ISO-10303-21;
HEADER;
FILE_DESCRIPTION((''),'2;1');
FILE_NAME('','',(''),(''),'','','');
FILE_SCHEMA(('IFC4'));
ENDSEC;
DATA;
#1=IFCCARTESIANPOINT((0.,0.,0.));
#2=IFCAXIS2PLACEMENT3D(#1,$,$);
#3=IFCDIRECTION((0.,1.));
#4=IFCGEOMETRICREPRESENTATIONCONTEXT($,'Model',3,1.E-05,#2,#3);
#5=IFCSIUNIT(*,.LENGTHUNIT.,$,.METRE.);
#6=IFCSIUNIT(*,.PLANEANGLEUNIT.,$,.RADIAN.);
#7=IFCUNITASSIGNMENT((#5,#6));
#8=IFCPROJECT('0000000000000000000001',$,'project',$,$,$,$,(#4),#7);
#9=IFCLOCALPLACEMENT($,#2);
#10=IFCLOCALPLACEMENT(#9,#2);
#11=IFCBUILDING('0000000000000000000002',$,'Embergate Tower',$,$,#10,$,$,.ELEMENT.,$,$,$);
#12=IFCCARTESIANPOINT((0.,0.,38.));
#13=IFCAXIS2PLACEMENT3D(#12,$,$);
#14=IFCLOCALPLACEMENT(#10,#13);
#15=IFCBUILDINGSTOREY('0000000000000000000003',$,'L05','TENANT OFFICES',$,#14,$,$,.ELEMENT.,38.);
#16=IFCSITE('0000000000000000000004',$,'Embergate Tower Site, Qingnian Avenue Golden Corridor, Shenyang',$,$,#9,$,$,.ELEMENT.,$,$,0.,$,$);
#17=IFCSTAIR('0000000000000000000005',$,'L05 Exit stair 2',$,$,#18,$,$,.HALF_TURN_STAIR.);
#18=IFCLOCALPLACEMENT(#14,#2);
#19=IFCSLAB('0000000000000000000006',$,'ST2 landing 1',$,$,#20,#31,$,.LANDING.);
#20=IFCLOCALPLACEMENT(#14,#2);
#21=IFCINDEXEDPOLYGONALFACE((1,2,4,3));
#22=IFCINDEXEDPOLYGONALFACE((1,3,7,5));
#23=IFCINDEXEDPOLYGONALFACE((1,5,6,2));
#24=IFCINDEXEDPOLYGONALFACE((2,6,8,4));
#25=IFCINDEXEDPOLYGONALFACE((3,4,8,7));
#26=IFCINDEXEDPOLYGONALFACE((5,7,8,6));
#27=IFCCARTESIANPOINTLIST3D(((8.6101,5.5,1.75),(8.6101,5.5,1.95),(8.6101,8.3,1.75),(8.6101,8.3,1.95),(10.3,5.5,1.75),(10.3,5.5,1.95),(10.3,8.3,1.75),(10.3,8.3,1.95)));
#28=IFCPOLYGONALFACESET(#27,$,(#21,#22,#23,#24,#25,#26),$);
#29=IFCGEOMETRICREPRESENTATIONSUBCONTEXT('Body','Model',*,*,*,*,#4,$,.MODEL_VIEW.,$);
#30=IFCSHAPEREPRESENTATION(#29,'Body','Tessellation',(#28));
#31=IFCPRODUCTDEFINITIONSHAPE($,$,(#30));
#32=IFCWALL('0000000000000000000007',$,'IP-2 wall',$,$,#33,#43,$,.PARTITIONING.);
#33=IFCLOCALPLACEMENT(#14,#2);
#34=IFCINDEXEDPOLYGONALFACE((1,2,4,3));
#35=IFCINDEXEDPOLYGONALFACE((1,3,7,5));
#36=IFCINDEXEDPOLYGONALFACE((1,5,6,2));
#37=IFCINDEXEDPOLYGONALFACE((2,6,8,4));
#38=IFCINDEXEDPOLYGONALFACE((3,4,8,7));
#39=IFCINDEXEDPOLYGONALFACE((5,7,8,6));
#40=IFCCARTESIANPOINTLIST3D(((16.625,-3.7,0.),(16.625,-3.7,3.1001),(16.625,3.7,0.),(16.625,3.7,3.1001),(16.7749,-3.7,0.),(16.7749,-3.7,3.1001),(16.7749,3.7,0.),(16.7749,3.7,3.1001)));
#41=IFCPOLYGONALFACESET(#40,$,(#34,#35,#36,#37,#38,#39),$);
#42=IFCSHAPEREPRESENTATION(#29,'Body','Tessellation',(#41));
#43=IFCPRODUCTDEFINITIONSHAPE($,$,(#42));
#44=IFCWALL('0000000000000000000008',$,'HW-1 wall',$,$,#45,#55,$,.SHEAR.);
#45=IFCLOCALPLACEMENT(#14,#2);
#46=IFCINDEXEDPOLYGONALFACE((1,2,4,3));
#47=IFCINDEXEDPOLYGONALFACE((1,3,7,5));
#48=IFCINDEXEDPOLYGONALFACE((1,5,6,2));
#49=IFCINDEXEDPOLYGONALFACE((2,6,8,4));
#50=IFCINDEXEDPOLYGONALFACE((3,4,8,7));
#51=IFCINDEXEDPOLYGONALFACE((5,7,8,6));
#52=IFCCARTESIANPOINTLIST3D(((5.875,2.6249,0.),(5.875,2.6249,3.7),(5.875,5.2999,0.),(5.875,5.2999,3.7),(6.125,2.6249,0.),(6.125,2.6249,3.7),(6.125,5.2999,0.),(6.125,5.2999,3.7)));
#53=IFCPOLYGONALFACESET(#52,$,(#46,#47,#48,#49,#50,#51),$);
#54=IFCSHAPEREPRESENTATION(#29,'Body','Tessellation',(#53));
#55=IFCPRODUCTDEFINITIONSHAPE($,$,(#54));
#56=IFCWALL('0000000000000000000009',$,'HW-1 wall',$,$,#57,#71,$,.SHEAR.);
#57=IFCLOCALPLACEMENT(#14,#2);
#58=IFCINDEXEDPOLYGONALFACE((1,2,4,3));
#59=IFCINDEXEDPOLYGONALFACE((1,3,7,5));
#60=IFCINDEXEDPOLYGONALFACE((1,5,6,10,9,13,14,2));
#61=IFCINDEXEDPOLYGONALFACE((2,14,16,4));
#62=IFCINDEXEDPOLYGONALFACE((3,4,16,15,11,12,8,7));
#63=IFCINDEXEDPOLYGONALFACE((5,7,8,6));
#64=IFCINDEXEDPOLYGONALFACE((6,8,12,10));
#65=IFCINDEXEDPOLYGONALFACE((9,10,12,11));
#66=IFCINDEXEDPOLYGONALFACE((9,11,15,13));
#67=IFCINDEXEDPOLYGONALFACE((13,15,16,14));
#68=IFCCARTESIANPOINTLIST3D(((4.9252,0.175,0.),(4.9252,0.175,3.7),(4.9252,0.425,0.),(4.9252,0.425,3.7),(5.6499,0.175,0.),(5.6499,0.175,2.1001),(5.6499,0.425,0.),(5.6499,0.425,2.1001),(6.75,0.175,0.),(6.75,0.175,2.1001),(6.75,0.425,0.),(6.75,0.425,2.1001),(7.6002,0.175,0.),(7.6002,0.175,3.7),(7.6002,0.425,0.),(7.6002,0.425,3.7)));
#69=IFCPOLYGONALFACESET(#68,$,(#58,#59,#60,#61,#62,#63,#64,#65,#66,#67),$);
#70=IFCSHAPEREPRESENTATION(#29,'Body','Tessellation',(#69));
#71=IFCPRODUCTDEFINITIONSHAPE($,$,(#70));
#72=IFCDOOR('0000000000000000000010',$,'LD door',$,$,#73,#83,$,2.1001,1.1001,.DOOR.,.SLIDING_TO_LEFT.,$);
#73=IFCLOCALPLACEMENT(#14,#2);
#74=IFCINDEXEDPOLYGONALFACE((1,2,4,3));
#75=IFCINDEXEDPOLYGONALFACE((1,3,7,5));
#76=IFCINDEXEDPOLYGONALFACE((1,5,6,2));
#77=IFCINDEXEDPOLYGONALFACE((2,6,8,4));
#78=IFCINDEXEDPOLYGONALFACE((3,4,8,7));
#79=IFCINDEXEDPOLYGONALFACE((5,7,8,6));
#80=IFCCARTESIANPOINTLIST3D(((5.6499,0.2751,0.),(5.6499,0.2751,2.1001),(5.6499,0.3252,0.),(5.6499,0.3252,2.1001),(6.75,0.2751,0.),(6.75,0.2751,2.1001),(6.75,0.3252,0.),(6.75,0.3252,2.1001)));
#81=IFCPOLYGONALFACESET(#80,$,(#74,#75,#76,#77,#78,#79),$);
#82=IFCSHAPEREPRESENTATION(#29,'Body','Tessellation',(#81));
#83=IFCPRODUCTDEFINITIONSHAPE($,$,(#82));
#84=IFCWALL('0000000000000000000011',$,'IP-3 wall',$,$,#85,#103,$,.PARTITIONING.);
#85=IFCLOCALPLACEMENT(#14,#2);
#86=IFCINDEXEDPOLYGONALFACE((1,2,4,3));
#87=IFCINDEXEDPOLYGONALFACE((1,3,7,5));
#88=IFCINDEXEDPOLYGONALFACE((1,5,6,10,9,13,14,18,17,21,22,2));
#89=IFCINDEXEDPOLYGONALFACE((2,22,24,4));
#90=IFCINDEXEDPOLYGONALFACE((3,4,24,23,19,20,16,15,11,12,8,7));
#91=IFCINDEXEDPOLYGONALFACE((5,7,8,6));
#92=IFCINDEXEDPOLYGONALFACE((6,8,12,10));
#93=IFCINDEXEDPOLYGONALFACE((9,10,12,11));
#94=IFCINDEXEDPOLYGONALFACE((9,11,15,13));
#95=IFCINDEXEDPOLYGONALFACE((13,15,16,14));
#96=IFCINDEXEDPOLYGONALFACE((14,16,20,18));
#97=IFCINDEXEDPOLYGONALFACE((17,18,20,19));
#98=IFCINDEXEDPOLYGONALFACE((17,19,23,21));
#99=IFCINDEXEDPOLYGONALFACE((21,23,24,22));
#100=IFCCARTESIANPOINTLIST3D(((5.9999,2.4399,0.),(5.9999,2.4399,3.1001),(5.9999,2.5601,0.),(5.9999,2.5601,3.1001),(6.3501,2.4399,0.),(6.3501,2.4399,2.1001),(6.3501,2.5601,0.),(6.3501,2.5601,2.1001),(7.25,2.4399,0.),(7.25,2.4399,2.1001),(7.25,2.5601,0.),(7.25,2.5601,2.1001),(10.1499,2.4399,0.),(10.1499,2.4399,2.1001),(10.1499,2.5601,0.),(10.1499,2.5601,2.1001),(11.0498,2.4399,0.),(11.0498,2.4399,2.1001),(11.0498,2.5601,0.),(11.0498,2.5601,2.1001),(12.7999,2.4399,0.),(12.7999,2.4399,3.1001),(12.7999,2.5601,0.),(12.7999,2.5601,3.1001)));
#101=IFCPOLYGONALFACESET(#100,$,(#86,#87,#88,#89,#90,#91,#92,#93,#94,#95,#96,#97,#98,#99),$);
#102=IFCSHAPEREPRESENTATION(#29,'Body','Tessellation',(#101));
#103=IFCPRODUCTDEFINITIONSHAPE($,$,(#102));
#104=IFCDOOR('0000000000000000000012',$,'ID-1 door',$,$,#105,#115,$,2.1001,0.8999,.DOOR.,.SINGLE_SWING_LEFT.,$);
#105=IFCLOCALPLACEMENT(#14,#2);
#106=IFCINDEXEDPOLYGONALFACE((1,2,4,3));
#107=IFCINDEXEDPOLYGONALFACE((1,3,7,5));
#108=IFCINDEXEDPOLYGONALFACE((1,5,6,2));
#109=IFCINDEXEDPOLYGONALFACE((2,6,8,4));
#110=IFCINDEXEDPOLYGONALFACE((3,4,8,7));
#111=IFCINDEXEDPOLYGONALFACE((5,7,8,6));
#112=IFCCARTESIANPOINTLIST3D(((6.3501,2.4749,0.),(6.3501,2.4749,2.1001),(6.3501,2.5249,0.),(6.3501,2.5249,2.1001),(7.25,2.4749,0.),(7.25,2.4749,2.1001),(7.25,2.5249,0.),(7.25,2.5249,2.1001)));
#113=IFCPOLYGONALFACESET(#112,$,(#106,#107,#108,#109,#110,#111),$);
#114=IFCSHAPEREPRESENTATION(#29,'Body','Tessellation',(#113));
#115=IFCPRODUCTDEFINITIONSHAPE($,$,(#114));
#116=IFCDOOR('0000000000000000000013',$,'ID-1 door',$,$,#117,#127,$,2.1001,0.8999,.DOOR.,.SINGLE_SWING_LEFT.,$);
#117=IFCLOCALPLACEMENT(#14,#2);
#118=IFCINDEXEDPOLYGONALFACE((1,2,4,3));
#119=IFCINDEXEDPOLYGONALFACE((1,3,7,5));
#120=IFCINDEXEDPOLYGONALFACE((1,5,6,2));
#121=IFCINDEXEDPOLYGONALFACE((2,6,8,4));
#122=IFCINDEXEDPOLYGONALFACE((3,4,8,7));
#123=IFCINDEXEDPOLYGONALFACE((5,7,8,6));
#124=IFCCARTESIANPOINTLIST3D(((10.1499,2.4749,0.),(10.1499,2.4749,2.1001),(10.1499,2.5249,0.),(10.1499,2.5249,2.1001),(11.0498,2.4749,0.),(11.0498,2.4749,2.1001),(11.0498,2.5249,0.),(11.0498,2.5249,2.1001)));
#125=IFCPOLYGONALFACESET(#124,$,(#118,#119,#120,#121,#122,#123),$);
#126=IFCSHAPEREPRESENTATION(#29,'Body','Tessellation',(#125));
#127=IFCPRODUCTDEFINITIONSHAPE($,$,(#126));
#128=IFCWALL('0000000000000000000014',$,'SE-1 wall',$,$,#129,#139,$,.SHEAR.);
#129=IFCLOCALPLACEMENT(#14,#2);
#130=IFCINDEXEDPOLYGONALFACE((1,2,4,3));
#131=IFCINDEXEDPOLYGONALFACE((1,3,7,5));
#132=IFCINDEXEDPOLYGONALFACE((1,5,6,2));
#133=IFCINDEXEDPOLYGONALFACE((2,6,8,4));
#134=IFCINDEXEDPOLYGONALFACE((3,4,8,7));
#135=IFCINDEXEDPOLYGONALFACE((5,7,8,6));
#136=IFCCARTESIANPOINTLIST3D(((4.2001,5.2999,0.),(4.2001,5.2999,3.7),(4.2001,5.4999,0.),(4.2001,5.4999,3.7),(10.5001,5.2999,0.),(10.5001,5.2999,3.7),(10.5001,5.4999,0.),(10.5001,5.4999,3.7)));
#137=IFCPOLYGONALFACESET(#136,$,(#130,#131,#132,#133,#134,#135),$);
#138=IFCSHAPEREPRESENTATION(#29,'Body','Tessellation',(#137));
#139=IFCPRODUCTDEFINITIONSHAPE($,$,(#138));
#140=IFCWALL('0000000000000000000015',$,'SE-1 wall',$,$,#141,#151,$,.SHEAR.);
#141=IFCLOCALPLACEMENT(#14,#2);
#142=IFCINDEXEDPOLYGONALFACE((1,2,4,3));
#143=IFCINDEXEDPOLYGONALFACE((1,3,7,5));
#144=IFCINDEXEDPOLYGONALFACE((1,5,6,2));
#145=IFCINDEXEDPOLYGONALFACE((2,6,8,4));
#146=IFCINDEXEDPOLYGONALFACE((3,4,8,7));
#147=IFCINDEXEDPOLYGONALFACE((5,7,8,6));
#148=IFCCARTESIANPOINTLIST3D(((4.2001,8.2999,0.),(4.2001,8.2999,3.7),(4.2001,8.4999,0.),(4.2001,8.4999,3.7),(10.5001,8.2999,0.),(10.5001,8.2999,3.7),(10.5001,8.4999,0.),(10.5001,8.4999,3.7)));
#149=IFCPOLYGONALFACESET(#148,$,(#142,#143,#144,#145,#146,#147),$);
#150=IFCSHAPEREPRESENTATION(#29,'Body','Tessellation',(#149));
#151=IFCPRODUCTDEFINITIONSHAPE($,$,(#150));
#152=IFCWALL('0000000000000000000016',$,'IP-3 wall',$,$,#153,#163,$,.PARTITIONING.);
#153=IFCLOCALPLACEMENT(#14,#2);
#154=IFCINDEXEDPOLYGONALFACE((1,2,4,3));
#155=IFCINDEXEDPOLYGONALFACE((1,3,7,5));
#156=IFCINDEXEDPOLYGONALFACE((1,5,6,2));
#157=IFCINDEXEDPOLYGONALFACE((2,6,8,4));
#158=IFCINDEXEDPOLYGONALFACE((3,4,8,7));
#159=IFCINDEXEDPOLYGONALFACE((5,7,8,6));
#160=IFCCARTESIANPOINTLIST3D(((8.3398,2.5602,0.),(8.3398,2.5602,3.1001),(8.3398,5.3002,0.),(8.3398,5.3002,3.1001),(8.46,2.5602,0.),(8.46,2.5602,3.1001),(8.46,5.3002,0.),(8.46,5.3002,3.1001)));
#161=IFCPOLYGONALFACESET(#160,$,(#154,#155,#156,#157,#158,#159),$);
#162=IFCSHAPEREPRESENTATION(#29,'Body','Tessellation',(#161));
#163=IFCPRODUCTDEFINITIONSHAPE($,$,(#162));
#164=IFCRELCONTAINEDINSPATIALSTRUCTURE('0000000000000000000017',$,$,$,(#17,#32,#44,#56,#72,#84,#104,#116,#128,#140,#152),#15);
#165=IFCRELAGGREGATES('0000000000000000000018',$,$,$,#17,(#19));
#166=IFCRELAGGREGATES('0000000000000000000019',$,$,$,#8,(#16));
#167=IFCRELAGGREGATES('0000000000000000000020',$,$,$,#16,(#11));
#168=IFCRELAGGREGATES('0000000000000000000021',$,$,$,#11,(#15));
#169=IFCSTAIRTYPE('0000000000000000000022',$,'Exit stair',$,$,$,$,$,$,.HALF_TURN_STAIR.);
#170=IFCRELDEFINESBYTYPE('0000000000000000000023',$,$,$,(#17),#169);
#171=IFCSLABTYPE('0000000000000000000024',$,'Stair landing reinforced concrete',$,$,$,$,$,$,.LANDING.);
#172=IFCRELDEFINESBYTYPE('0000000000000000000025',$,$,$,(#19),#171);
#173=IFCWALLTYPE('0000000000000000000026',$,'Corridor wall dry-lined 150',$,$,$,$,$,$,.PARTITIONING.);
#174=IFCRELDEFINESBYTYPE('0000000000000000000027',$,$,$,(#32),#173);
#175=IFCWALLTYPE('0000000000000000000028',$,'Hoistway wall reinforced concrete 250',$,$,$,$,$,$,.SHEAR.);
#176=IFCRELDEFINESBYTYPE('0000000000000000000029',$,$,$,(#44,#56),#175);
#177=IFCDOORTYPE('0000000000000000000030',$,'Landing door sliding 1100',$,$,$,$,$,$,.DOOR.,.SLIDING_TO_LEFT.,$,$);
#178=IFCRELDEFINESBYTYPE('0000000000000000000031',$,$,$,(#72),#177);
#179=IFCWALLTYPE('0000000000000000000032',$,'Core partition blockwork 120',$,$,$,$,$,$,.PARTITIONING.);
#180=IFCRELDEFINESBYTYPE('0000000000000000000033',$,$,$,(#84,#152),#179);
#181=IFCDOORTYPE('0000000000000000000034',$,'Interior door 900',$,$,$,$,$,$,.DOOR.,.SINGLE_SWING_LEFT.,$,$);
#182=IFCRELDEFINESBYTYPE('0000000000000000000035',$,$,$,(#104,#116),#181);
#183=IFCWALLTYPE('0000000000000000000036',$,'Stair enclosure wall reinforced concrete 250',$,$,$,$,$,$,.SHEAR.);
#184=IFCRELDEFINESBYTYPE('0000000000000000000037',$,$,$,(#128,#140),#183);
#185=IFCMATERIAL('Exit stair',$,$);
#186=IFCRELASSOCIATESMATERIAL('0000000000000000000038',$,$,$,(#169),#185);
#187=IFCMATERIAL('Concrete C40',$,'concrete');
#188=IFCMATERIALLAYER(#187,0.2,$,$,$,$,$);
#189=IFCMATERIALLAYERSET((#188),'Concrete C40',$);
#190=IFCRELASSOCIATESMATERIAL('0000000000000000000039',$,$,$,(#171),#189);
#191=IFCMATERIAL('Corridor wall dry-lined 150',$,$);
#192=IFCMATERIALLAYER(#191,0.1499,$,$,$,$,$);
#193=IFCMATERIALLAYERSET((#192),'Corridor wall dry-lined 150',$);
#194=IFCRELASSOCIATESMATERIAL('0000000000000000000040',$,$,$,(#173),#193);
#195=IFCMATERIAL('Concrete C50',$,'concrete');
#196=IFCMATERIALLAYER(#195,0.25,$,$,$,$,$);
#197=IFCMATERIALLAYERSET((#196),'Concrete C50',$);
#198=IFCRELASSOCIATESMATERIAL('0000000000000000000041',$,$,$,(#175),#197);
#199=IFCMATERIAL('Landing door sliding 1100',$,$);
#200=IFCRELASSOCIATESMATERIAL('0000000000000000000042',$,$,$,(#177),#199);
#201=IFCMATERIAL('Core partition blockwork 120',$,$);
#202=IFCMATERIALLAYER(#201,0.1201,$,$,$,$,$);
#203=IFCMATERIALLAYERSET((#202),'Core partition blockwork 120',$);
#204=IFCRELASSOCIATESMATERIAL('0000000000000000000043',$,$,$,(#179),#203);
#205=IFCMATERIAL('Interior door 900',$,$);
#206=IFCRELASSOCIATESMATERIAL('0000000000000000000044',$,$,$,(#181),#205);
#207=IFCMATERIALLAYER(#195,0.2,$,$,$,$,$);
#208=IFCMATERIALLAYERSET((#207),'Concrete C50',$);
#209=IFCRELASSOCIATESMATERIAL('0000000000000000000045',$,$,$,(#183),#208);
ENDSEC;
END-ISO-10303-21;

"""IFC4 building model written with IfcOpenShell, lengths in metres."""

from ifc_helpers import new_model, si_unit, direction, frame, frame_2d, origin, place, context, subcontext, project, spatial, polyline, rectangle, outline, extrude, source, transform, mapped, material, layer, layer_set, type_object, element, fill, aggregate, save


model = new_model("IFC4")

# Units and contexts
model_context = context("Model", 3, precision=1e-05, world=origin(), true_north=direction((0.0, 1.0)))
body_context = subcontext(model_context, "Body", "Model", "MODEL_VIEW")
ifc_project = project(units=[si_unit("LENGTHUNIT", "METRE"), si_unit("PLANEANGLEUNIT", "RADIAN")], contexts=[model_context])

# Site, building, storey
site_placement = place(None, origin())
site = spatial("IfcSite", under=ifc_project, at=site_placement, Name="Embergate Tower Site, Qingnian Avenue Golden Corridor, Shenyang", CompositionType="ELEMENT", RefElevation=0.0)
building_placement = place(site_placement, origin())
building = spatial("IfcBuilding", under=site, at=building_placement, Name="Embergate Tower", CompositionType="ELEMENT")
storey_placement = place(building_placement, frame((0.0, 0.0, 38.0)))
storey = spatial("IfcBuildingStorey", under=building, at=storey_placement, Name="L05", Description="TENANT OFFICES", CompositionType="ELEMENT", Elevation=38.0)

# Stair, slab
ifc_material_1 = material(Name="Exit stair")
stair_type = type_object("IfcStairType", Name="Exit stair", PredefinedType="HALF_TURN_STAIR", material=ifc_material_1)
stair_placement = place(storey_placement, origin())
stair = element("IfcStair", 1, at=stair_placement, inside=storey, type_object=stair_type, Name="L05 Exit stair 2", PredefinedType="HALF_TURN_STAIR")
ifc_material_2 = material(Name="Concrete C40", Category="concrete")
ifc_layer_1 = layer(ifc_material_2, 0.2)
ifc_layer_set_1 = layer_set([ifc_layer_1], Name="Concrete C40")
slab_type = type_object("IfcSlabType", Name="Stair landing reinforced concrete", PredefinedType="LANDING", material=ifc_layer_set_1)
shared_shape_1 = source(origin(), body_context, "Body", "SweptSolid", [
    extrude(outline(polyline([(0.0, 0.0), (1.6899, 0.0), (1.6899, 2.8), (0.0, 2.8), (0.0, 0.0)])), origin(), (0.0, 0.0, 1.0), 0.2),
])
slab_placement = place(storey_placement, frame((8.6101, 5.5, 1.75)))
slab = element("IfcSlab", 2, at=slab_placement, type_object=slab_type, Name="ST2 landing 1", PredefinedType="LANDING", context=body_context, shape_type="MappedRepresentation", body=[
    mapped(shared_shape_1, transform((0.0, 0.0, 0.0))),
])

# Walls
ifc_material_3 = material(Name="Corridor wall dry-lined 150")
ifc_layer_2 = layer(ifc_material_3, 0.1499)
ifc_layer_set_2 = layer_set([ifc_layer_2], Name="Corridor wall dry-lined 150")
wall_type_1 = type_object("IfcWallType", Name="Corridor wall dry-lined 150", PredefinedType="PARTITIONING", material=ifc_layer_set_2)
shared_shape_2 = source(origin(), body_context, "Body", "SweptSolid", [
    extrude(rectangle(XDim=7.3999, YDim=0.1499, at=frame_2d((3.7, 0.0))), origin(), (0.0, 0.0, 1.0), 3.1001),
])
wall_1_placement = place(storey_placement, frame((16.7, 3.7, 0.0), z_axis=(0.0, 0.0, 1.0), x_axis=(0.0, -1.0, 0.0)))
element("IfcWall", 3, at=wall_1_placement, inside=storey, type_object=wall_type_1, Name="IP-2 wall", PredefinedType="PARTITIONING", context=body_context, shape_type="MappedRepresentation", body=[
    mapped(shared_shape_2, transform((0.0, 0.0, 0.0))),
])
ifc_material_4 = material(Name="Concrete C50", Category="concrete")
ifc_layer_3 = layer(ifc_material_4, 0.25)
ifc_layer_set_3 = layer_set([ifc_layer_3], Name="Concrete C50")
wall_type_2 = type_object("IfcWallType", Name="Hoistway wall reinforced concrete 250", PredefinedType="SHEAR", material=ifc_layer_set_3)
shared_shape_3 = source(origin(), body_context, "Body", "SweptSolid", [
    extrude(rectangle(XDim=2.675, YDim=0.25, at=frame_2d((1.3374, 0.0))), origin(), (0.0, 0.0, 1.0), 3.7),
])
wall_2_placement = place(storey_placement, frame((6.0, 2.625, 0.0), z_axis=(0.0, 0.0, 1.0), x_axis=(0.0, 1.0, 0.0)))
element("IfcWall", 4, at=wall_2_placement, inside=storey, type_object=wall_type_2, Name="HW-1 wall", PredefinedType="SHEAR", context=body_context, shape_type="MappedRepresentation", body=[
    mapped(shared_shape_3, transform((0.0, 0.0, 0.0))),
])

# Wall, opening, door
wall_3_placement = place(storey_placement, frame((7.6001, 0.3, 0.0), z_axis=(0.0, 0.0, 1.0), x_axis=(-1.0, 0.0, 0.0)))
wall_3 = element("IfcWall", 5, at=wall_3_placement, inside=storey, type_object=wall_type_2, Name="HW-1 wall", PredefinedType="SHEAR", context=body_context, shape_type="MappedRepresentation", body=[
    mapped(shared_shape_3, transform((0.0, 0.0, 0.0))),
])
shared_shape_4 = source(origin(), body_context, "Body", "SweptSolid", [
    extrude(rectangle(XDim=1.1001, YDim=2.1001, at=frame_2d((0.55, 1.05))), frame((0.0, 0.135, 0.0), z_axis=(0.0, -1.0, 0.0), x_axis=(1.0, 0.0, 0.0)), (0.0, 0.0, 1.0), 0.27),
])
opening_1_placement = place(wall_3_placement, frame((0.8501, 0.0, 0.0)))
opening_1 = element("IfcOpeningElement", 6, at=opening_1_placement, cuts=wall_3, PredefinedType="OPENING", context=body_context, shape_type="MappedRepresentation", body=[
    mapped(shared_shape_4, transform((0.0, 0.0, 0.0))),
])
ifc_material_5 = material(Name="Landing door sliding 1100")
door_type_1 = type_object("IfcDoorType", Name="Landing door sliding 1100", OperationType="SLIDING_TO_LEFT", PredefinedType="DOOR", material=ifc_material_5)
shared_shape_5 = source(origin(), body_context, "Body", "SweptSolid", [
    extrude(rectangle(XDim=1.1001, YDim=2.1001, at=frame_2d((0.55, 1.05))), frame((0.0, 0.0249, 0.0), z_axis=(0.0, -1.0, 0.0), x_axis=(1.0, 0.0, 0.0)), (0.0, 0.0, 1.0), 0.05),
])
door_1_placement = place(opening_1_placement, origin())
door_1 = element("IfcDoor", 7, at=door_1_placement, inside=storey, type_object=door_type_1, Name="LD door", OperationType="SLIDING_TO_LEFT", OverallHeight=2.1001, OverallWidth=1.1001, PredefinedType="DOOR", context=body_context, shape_type="MappedRepresentation", body=[
    mapped(shared_shape_5, transform((0.0, 0.0, 0.0))),
])
fill(opening_1, door_1)

# Wall, openings, doors
ifc_material_6 = material(Name="Core partition blockwork 120")
ifc_layer_4 = layer(ifc_material_6, 0.1201)
ifc_layer_set_4 = layer_set([ifc_layer_4], Name="Core partition blockwork 120")
wall_type_3 = type_object("IfcWallType", Name="Core partition blockwork 120", PredefinedType="PARTITIONING", material=ifc_layer_set_4)
shared_shape_6 = source(origin(), body_context, "Body", "SweptSolid", [
    extrude(rectangle(XDim=6.8, YDim=0.1201, at=frame_2d((3.3999, 0.0))), origin(), (0.0, 0.0, 1.0), 3.1001),
])
wall_4_placement = place(storey_placement, frame((6.0, 2.5, 0.0), z_axis=(0.0, 0.0, 1.0), x_axis=(1.0, 0.0, 0.0)))
wall_4 = element("IfcWall", 8, at=wall_4_placement, inside=storey, type_object=wall_type_3, Name="IP-3 wall", PredefinedType="PARTITIONING", context=body_context, shape_type="MappedRepresentation", body=[
    mapped(shared_shape_6, transform((0.0, 0.0, 0.0))),
])
shared_shape_7 = source(origin(), body_context, "Body", "SweptSolid", [
    extrude(rectangle(XDim=0.8999, YDim=2.1001, at=frame_2d((0.45, 1.05))), frame((0.0, 0.0701, 0.0), z_axis=(0.0, -1.0, 0.0), x_axis=(1.0, 0.0, 0.0)), (0.0, 0.0, 1.0), 0.1401),
])
opening_2_placement = place(wall_4_placement, frame((0.3501, 0.0, 0.0)))
opening_2 = element("IfcOpeningElement", 9, at=opening_2_placement, cuts=wall_4, PredefinedType="OPENING", context=body_context, shape_type="MappedRepresentation", body=[
    mapped(shared_shape_7, transform((0.0, 0.0, 0.0))),
])
opening_3_placement = place(wall_4_placement, frame((4.1499, 0.0, 0.0)))
opening_3 = element("IfcOpeningElement", 10, at=opening_3_placement, cuts=wall_4, PredefinedType="OPENING", context=body_context, shape_type="MappedRepresentation", body=[
    mapped(shared_shape_7, transform((0.0, 0.0, 0.0))),
])
ifc_material_7 = material(Name="Interior door 900")
door_type_2 = type_object("IfcDoorType", Name="Interior door 900", OperationType="SINGLE_SWING_LEFT", PredefinedType="DOOR", material=ifc_material_7)
shared_shape_8 = source(origin(), body_context, "Body", "SweptSolid", [
    extrude(rectangle(XDim=0.8999, YDim=2.1001, at=frame_2d((0.45, 1.05))), frame((0.0, 0.0249, 0.0), z_axis=(0.0, -1.0, 0.0), x_axis=(1.0, 0.0, 0.0)), (0.0, 0.0, 1.0), 0.05),
])
door_2_placement = place(opening_2_placement, origin())
door_2 = element("IfcDoor", 11, at=door_2_placement, inside=storey, type_object=door_type_2, Name="ID-1 door", OperationType="SINGLE_SWING_LEFT", OverallHeight=2.1001, OverallWidth=0.8999, PredefinedType="DOOR", context=body_context, shape_type="MappedRepresentation", body=[
    mapped(shared_shape_8, transform((0.0, 0.0, 0.0))),
])
fill(opening_2, door_2)
door_3_placement = place(opening_3_placement, origin())
door_3 = element("IfcDoor", 12, at=door_3_placement, inside=storey, type_object=door_type_2, Name="ID-1 door", OperationType="SINGLE_SWING_LEFT", OverallHeight=2.1001, OverallWidth=0.8999, PredefinedType="DOOR", context=body_context, shape_type="MappedRepresentation", body=[
    mapped(shared_shape_8, transform((0.0, 0.0, 0.0))),
])
fill(opening_3, door_3)

# Walls
ifc_layer_5 = layer(ifc_material_4, 0.2)
ifc_layer_set_5 = layer_set([ifc_layer_5], Name="Concrete C50")
wall_type_4 = type_object("IfcWallType", Name="Stair enclosure wall reinforced concrete 250", PredefinedType="SHEAR", material=ifc_layer_set_5)
shared_shape_9 = source(origin(), body_context, "Body", "SweptSolid", [
    extrude(rectangle(XDim=6.3, YDim=0.2, at=frame_2d((3.1499, 0.0))), origin(), (0.0, 0.0, 1.0), 3.7),
])
for number, where, z_axis, x_axis, name in (
    (13, (10.5, 5.3999, 0.0), (0.0, 0.0, 1.0), (-1.0, 0.0, 0.0), "SE-1 wall"),
    (14, (10.5, 8.3999, 0.0), (0.0, 0.0, 1.0), (-1.0, 0.0, 0.0), "SE-1 wall"),
):
    element("IfcWall", number, at=place(storey_placement, frame(where, z_axis=z_axis, x_axis=x_axis)), inside=storey, type_object=wall_type_4, Name=name, PredefinedType="SHEAR", context=body_context, shape_type="MappedRepresentation", body=[
        mapped(shared_shape_9, transform((0.0, 0.0, 0.0))),
    ])
shared_shape_10 = source(origin(), body_context, "Body", "SweptSolid", [
    extrude(rectangle(XDim=2.74, YDim=0.1201, at=frame_2d((1.3701, 0.0))), origin(), (0.0, 0.0, 1.0), 3.1001),
])
wall_5_placement = place(storey_placement, frame((8.3999, 2.5601, 0.0), z_axis=(0.0, 0.0, 1.0), x_axis=(0.0, 1.0, 0.0)))
element("IfcWall", 15, at=wall_5_placement, inside=storey, type_object=wall_type_3, Name="IP-3 wall", PredefinedType="PARTITIONING", context=body_context, shape_type="MappedRepresentation", body=[
    mapped(shared_shape_10, transform((0.0, 0.0, 0.0))),
])

aggregate(stair, [slab])

save(model, "model.ifc")
